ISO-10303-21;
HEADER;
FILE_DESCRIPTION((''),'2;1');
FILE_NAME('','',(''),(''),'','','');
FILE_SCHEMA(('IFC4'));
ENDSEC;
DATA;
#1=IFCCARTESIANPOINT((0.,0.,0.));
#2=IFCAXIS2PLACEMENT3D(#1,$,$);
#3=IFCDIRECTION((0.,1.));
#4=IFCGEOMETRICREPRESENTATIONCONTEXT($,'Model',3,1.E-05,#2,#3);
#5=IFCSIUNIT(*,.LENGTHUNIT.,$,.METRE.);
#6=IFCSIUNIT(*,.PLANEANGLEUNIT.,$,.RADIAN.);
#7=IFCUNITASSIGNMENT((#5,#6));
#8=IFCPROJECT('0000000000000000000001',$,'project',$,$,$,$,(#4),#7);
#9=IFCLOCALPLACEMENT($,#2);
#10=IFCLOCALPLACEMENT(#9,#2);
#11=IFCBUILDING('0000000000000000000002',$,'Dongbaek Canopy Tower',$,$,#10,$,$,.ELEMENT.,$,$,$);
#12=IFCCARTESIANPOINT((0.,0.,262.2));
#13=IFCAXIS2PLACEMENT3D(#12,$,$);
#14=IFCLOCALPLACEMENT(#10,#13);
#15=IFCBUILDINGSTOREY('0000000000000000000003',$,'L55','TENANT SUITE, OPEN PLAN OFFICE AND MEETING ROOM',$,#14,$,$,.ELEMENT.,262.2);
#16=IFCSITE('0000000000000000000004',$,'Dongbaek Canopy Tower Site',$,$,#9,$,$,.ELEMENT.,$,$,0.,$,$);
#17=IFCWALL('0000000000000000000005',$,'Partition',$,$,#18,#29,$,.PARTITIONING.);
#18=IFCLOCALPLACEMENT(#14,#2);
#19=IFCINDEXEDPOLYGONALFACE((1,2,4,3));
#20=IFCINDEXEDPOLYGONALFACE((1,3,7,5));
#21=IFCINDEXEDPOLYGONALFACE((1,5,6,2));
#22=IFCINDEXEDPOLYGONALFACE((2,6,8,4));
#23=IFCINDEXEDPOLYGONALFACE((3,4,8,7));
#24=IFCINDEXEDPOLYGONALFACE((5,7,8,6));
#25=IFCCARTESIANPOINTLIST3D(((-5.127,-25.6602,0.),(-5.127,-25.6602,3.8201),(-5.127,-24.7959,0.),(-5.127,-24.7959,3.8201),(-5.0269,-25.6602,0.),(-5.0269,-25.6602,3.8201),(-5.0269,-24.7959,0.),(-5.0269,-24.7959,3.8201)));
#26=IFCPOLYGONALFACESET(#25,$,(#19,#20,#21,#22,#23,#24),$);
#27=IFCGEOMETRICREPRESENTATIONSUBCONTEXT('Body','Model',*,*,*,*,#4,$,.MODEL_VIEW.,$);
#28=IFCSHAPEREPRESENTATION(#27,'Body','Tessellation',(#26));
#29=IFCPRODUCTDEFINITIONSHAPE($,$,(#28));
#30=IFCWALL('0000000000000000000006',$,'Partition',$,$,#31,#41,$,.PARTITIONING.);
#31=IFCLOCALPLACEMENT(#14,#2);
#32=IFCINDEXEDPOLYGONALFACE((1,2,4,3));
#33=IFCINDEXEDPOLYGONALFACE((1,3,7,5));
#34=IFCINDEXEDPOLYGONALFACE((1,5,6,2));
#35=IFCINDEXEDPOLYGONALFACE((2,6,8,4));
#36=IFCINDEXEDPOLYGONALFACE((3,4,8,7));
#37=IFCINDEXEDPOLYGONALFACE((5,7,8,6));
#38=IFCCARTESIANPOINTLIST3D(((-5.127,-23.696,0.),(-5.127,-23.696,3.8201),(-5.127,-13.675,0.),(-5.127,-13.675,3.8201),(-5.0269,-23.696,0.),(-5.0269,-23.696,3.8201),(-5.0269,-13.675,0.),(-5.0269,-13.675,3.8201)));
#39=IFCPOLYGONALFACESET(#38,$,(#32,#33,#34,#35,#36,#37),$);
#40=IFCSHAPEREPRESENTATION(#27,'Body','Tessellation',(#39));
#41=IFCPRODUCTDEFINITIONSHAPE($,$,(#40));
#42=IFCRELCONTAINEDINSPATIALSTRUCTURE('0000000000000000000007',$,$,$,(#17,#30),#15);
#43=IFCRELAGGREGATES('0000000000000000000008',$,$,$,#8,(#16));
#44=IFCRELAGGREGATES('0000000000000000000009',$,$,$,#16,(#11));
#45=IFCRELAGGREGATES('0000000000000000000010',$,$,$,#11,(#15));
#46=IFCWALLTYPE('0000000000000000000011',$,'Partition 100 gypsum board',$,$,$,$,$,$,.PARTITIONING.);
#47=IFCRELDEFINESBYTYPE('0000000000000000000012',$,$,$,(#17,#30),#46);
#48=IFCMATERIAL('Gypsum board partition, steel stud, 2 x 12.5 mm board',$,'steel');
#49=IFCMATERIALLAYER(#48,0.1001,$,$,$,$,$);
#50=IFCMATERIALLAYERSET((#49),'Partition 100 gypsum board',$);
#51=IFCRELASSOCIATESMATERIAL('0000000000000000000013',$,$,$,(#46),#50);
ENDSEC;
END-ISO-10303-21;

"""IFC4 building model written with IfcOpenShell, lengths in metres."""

from ifc_helpers import new_model, si_unit, direction, frame, frame_2d, origin, place, context, subcontext, project, spatial, rectangle, extrude, material, layer, layer_set, type_object, element, save


model = new_model("IFC4")

# Units and contexts
model_context = context("Model", 3, precision=1e-05, world=origin(), true_north=direction((0.0, 1.0)))
body_context = subcontext(model_context, "Body", "Model", "MODEL_VIEW")
ifc_project = project(units=[si_unit("LENGTHUNIT", "METRE"), si_unit("PLANEANGLEUNIT", "RADIAN")], contexts=[model_context])

# Site, building, storey
site_placement = place(None, origin())
site = spatial("IfcSite", under=ifc_project, at=site_placement, Name="Dongbaek Canopy Tower Site", CompositionType="ELEMENT", RefElevation=0.0)
building_placement = place(site_placement, origin())
building = spatial("IfcBuilding", under=site, at=building_placement, Name="Dongbaek Canopy Tower", CompositionType="ELEMENT")
storey_placement = place(building_placement, frame((0.0, 0.0, 262.2)))
storey = spatial("IfcBuildingStorey", under=building, at=storey_placement, Name="L55", Description="TENANT SUITE, OPEN PLAN OFFICE AND MEETING ROOM", CompositionType="ELEMENT", Elevation=262.2)

# Walls
ifc_material_1 = material(Name="Gypsum board partition, steel stud, 2 x 12.5 mm board", Category="steel")
ifc_layer_1 = layer(ifc_material_1, 0.1001)
ifc_layer_set_1 = layer_set([ifc_layer_1], Name="Partition 100 gypsum board")
wall_type_1 = type_object("IfcWallType", Name="Partition 100 gypsum board", PredefinedType="PARTITIONING", material=ifc_layer_set_1)
wall_1_placement = place(storey_placement, frame((-5.0769, -25.6602, 0.0), z_axis=(0.0, 0.0, 1.0), x_axis=(0.0, 1.0, 0.0)))
element("IfcWall", 1, at=wall_1_placement, inside=storey, type_object=wall_type_1, Name="Partition", PredefinedType="PARTITIONING", context=body_context, shape_type="SweptSolid", body=[
    extrude(rectangle(XDim=0.8643, YDim=0.1001, at=frame_2d((0.4321, 0.0))), origin(), (0.0, 0.0, 1.0), 3.8201),
])
wall_2_placement = place(storey_placement, frame((-5.0769, -23.696, 0.0), z_axis=(0.0, 0.0, 1.0), x_axis=(0.0, 1.0, 0.0)))
element("IfcWall", 2, at=wall_2_placement, inside=storey, type_object=wall_type_1, Name="Partition", PredefinedType="PARTITIONING", context=body_context, shape_type="SweptSolid", body=[
    extrude(rectangle(XDim=10.021, YDim=0.1001, at=frame_2d((5.0105, 0.0))), origin(), (0.0, 0.0, 1.0), 3.8201),
])

save(model, "model.ifc")
